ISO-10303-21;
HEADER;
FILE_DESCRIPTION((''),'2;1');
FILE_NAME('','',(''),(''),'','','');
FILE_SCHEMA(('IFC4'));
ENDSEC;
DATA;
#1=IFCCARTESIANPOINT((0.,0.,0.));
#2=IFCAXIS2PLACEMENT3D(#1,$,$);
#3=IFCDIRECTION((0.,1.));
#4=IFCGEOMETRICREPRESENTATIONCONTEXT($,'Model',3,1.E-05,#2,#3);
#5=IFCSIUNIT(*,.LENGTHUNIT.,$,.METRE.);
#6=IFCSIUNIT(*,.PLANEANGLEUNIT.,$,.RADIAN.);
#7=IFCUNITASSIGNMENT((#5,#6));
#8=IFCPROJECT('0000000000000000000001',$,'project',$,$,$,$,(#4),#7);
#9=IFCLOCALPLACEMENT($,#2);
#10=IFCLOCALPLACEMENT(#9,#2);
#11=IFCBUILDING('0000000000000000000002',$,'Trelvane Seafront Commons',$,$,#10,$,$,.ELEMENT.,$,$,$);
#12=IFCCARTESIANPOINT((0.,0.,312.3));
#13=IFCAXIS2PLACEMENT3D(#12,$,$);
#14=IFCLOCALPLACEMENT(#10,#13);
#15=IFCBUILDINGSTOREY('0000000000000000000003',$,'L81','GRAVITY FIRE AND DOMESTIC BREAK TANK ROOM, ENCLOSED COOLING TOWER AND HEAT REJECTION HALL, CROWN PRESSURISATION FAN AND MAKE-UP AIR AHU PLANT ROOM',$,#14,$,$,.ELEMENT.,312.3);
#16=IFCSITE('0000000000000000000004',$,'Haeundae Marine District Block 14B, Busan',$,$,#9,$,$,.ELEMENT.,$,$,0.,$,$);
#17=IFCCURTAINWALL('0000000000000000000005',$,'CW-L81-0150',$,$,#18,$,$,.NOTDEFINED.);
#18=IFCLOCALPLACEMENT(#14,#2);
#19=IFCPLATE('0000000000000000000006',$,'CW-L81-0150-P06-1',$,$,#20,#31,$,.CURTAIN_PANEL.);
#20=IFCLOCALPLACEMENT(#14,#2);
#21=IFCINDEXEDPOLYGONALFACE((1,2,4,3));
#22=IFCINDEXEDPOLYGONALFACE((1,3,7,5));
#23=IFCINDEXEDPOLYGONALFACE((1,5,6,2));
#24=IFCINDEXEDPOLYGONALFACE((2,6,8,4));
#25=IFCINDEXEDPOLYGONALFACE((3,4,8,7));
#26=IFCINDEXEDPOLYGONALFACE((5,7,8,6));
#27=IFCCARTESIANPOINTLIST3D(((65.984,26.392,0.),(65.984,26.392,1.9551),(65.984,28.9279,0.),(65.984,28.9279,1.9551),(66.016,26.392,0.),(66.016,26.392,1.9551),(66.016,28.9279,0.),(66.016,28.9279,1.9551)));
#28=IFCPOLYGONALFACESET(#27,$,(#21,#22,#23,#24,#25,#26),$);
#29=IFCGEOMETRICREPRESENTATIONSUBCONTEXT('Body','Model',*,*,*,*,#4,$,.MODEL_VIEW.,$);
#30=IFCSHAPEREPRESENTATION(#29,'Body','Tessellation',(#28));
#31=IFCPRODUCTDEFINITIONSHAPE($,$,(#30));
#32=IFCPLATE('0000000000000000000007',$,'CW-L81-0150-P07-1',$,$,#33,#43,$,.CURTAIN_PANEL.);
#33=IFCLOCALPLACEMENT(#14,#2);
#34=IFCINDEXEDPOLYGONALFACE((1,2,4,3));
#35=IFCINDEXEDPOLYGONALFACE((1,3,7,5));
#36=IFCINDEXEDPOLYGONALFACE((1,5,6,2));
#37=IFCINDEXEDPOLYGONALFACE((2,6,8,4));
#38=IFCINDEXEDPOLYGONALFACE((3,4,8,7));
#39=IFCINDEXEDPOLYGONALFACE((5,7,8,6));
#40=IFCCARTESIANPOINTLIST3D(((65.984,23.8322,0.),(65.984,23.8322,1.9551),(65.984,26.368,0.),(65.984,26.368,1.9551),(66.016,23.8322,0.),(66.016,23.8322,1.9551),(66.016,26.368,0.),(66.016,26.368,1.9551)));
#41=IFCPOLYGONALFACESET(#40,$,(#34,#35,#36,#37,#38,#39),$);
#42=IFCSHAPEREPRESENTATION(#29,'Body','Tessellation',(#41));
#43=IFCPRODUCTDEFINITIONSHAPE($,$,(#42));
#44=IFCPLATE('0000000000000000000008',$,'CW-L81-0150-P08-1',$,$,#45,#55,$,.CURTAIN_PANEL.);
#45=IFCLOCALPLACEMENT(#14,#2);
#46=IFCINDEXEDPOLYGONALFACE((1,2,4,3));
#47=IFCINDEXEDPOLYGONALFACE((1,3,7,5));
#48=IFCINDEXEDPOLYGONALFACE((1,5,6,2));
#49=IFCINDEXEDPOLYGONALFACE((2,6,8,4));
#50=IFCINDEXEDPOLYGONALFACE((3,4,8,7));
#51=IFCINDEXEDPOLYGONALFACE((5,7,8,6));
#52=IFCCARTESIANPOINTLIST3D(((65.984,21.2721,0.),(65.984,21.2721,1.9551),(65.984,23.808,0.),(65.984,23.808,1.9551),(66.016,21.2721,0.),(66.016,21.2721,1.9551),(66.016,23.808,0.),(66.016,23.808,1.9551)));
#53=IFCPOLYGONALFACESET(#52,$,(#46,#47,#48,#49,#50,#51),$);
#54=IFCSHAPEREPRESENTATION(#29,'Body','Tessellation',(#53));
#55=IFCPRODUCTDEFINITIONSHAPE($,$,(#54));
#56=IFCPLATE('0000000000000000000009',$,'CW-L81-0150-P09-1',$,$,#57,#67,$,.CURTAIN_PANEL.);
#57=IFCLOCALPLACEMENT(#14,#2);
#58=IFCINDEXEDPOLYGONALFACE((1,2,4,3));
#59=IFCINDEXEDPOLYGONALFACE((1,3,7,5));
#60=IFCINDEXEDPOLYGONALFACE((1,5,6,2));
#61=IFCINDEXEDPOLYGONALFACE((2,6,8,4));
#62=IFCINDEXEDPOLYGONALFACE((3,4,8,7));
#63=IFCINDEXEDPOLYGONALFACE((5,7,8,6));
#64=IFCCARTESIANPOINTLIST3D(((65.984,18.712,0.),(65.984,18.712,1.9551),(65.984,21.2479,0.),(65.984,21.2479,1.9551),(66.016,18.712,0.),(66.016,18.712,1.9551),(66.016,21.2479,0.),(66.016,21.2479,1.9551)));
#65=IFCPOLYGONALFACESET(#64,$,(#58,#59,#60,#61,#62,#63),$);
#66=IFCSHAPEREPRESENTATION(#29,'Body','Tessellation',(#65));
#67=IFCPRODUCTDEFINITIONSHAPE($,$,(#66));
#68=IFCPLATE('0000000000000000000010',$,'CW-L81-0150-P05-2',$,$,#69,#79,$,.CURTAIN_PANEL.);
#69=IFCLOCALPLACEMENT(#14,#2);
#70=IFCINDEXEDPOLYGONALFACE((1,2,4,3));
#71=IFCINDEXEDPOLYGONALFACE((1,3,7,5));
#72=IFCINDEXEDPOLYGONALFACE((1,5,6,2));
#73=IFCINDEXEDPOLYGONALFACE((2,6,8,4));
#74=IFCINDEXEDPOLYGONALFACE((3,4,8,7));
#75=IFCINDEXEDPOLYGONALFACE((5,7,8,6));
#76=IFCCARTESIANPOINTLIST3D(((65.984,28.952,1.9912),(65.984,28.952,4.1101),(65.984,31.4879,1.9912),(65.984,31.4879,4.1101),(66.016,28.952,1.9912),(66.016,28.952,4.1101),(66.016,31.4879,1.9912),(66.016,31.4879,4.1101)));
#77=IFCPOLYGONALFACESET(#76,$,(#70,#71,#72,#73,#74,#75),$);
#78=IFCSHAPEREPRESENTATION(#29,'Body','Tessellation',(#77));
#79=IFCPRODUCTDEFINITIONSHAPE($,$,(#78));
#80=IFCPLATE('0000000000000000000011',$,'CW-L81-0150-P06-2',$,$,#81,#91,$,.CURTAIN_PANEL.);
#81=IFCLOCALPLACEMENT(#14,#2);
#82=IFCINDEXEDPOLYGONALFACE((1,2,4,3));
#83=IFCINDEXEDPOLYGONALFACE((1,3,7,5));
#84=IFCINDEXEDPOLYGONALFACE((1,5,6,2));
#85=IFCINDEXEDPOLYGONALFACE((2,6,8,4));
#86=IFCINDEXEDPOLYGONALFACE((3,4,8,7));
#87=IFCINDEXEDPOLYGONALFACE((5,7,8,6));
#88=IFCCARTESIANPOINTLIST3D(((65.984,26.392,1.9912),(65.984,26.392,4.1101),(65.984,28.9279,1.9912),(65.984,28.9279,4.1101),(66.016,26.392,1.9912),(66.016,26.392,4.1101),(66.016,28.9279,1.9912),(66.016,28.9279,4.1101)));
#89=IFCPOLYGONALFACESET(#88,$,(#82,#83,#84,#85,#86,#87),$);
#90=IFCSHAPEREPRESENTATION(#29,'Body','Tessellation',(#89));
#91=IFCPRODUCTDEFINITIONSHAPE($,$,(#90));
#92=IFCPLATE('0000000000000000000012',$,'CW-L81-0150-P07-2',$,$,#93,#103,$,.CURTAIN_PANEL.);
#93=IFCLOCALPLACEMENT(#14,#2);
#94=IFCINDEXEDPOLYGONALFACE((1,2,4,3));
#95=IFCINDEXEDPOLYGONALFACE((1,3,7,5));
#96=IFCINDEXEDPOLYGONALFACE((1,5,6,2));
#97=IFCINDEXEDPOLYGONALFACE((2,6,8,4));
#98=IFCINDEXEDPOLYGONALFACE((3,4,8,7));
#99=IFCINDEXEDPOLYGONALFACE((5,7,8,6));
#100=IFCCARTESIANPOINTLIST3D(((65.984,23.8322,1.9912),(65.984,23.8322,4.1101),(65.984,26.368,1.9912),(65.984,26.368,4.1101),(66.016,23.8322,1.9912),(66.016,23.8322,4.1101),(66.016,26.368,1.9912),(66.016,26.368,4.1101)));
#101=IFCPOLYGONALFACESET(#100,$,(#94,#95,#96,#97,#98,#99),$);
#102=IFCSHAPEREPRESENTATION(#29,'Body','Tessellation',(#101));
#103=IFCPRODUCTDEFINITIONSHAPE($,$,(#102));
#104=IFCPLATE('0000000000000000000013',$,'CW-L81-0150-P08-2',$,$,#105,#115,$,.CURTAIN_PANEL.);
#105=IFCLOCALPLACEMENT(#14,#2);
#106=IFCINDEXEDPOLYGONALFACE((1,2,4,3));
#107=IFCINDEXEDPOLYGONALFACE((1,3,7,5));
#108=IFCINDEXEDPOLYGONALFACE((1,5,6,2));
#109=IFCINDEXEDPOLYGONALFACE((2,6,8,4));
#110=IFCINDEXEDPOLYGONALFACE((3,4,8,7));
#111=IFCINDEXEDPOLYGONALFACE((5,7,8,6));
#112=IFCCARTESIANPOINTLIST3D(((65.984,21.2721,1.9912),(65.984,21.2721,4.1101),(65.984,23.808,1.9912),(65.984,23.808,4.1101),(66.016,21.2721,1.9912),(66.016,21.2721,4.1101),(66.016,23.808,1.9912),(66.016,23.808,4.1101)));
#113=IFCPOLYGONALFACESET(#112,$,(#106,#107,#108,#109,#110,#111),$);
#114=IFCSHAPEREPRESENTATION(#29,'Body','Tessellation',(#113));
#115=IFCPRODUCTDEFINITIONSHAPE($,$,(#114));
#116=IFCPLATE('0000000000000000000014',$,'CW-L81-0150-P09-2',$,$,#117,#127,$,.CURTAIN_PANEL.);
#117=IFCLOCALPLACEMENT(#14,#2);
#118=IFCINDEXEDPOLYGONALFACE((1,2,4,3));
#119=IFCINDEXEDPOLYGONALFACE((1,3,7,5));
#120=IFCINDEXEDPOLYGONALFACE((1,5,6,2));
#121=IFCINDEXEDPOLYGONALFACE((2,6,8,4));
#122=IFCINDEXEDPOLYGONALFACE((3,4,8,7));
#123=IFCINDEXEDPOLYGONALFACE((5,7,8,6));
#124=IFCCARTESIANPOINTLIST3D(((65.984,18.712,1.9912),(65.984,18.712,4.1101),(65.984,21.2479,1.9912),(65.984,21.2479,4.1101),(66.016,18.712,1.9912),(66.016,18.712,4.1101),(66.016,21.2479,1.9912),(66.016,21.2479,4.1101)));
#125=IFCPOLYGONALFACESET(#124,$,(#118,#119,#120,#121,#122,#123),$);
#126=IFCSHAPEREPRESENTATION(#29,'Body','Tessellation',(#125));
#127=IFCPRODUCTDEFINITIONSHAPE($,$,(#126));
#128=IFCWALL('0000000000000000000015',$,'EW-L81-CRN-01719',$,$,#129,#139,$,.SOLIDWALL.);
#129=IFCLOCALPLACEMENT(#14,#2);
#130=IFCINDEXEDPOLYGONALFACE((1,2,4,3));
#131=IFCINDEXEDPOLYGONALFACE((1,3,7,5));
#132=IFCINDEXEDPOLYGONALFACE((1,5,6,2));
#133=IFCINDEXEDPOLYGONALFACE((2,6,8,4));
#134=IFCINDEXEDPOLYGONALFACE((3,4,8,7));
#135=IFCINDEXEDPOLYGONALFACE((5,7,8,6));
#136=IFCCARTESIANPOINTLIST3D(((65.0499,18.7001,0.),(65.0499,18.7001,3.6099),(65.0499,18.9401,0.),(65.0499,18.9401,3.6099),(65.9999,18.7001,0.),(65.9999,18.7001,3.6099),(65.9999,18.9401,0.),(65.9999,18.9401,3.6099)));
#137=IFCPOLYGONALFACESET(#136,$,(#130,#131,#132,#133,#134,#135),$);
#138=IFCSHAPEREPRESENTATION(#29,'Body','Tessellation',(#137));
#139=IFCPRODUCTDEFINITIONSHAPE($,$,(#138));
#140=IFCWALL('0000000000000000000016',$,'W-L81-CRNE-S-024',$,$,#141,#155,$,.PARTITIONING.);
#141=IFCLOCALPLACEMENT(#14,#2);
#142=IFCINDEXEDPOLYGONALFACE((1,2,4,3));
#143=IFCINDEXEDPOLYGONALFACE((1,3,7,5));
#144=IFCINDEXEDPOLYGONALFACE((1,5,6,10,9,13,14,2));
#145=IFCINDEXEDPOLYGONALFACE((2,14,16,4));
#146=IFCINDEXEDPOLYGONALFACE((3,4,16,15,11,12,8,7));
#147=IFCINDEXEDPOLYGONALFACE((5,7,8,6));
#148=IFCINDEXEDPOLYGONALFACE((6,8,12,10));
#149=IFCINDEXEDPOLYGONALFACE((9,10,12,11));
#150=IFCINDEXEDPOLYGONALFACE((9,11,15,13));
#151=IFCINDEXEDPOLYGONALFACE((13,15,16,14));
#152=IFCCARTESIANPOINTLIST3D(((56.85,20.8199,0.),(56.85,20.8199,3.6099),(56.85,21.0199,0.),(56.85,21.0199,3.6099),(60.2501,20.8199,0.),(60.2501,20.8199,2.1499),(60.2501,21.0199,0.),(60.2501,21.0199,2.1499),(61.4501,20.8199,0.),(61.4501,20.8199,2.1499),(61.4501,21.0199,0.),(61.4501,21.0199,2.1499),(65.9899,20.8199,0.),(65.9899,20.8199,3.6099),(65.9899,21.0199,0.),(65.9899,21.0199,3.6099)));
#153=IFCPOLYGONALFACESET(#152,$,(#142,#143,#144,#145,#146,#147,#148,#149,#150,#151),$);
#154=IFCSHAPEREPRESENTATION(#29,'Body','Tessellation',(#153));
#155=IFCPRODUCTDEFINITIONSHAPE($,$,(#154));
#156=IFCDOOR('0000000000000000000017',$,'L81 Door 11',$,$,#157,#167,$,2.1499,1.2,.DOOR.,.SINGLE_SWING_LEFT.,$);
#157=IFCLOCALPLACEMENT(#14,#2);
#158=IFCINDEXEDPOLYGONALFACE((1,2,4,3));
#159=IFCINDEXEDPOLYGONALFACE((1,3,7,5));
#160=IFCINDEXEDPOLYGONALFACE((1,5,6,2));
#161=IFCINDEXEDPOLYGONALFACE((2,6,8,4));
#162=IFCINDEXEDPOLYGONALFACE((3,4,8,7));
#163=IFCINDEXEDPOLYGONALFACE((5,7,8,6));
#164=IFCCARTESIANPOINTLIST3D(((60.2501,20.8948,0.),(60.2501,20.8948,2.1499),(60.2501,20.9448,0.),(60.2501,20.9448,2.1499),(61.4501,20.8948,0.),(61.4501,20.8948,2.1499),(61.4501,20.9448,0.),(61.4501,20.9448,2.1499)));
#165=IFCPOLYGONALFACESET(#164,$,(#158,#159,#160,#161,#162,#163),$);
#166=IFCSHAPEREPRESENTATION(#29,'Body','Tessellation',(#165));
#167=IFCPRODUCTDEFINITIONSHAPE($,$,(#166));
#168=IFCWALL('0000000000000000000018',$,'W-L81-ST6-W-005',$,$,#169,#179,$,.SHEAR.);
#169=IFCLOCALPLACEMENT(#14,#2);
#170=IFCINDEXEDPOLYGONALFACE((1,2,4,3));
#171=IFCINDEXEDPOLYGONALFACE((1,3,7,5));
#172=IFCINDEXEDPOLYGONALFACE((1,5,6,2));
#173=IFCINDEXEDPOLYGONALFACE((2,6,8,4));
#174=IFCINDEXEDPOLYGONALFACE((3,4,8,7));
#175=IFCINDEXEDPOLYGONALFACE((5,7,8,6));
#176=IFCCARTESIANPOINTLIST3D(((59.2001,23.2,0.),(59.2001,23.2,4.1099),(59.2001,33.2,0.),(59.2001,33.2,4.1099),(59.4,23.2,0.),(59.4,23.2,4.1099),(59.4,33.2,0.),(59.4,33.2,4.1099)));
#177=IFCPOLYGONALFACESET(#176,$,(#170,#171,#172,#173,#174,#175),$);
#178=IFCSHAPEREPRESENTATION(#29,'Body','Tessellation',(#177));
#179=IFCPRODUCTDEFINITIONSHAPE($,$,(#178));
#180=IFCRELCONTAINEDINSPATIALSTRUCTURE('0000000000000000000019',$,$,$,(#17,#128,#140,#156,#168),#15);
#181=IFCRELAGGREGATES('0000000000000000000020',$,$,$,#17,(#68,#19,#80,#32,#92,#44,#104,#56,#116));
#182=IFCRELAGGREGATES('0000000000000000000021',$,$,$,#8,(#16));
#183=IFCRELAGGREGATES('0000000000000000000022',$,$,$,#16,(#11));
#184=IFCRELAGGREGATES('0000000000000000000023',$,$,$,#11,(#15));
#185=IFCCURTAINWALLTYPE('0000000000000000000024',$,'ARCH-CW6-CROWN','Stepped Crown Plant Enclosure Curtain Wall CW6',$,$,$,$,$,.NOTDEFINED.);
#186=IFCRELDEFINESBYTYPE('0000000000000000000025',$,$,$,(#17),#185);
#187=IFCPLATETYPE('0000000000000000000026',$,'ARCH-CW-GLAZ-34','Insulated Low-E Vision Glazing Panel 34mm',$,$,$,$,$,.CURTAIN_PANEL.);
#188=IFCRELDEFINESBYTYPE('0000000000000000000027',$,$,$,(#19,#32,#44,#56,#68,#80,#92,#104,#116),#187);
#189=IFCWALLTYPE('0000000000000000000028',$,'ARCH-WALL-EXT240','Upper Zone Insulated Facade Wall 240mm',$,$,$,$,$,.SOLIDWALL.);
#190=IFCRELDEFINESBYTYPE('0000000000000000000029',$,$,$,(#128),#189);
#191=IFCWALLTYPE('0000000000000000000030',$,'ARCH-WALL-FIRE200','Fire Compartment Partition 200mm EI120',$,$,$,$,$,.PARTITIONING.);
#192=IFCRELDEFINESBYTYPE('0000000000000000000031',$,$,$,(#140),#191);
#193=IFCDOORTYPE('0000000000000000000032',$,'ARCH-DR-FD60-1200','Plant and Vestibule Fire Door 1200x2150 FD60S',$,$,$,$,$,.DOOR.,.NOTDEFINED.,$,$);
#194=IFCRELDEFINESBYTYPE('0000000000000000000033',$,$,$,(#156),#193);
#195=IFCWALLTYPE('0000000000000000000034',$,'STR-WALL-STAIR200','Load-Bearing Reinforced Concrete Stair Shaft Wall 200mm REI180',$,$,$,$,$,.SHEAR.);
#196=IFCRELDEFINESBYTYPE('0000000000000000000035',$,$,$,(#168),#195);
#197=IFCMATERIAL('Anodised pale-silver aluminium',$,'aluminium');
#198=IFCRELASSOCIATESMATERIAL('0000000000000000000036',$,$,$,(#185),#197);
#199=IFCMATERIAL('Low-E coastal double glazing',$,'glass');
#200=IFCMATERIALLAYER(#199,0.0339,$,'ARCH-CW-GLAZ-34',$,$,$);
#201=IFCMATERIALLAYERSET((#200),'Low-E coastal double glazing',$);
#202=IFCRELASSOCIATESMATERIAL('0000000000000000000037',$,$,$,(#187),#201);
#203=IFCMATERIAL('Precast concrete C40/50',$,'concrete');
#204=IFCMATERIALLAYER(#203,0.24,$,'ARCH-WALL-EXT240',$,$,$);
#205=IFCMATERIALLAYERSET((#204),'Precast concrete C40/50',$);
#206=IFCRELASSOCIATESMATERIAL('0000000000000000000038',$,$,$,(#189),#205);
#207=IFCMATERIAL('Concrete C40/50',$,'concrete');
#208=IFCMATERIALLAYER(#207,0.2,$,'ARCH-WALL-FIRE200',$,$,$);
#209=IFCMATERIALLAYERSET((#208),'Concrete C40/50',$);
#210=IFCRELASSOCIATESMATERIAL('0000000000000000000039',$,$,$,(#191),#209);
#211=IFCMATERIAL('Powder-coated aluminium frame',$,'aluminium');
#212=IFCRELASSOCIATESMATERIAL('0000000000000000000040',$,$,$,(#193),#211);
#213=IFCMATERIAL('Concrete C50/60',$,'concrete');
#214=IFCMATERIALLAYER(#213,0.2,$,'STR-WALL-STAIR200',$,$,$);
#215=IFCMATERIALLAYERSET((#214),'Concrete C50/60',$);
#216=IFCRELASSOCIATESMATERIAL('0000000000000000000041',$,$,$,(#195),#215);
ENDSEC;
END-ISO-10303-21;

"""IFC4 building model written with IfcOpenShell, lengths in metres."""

from ifc_helpers import new_model, si_unit, direction, frame, frame_2d, origin, origin_2d, place, context, subcontext, project, spatial, rectangle, extrude, source, transform, mapped, material, layer, layer_set, type_object, element, fill, aggregate, save


model = new_model("IFC4")

# Units and contexts
model_context = context("Model", 3, precision=1e-05, world=origin(), true_north=direction((0.0, 1.0)))
body_context = subcontext(model_context, "Body", "Model", "MODEL_VIEW")
ifc_project = project(units=[si_unit("LENGTHUNIT", "METRE"), si_unit("PLANEANGLEUNIT", "RADIAN")], contexts=[model_context])

# Site, building, storey
site_placement = place(None, origin())
site = spatial("IfcSite", under=ifc_project, at=site_placement, Name="Haeundae Marine District Block 14B, Busan", CompositionType="ELEMENT", RefElevation=0.0)
building_placement = place(site_placement, origin())
building = spatial("IfcBuilding", under=site, at=building_placement, Name="Trelvane Seafront Commons", CompositionType="ELEMENT")
storey_placement = place(building_placement, frame((0.0, 0.0, 312.3)))
storey = spatial("IfcBuildingStorey", under=building, at=storey_placement, Name="L81", Description="GRAVITY FIRE AND DOMESTIC BREAK TANK ROOM, ENCLOSED COOLING TOWER AND HEAT REJECTION HALL, CROWN PRESSURISATION FAN AND MAKE-UP AIR AHU PLANT ROOM", CompositionType="ELEMENT", Elevation=312.3)

# Curtain wall, plates
ifc_material_1 = material(Name="Anodised pale-silver aluminium", Category="aluminium")
curtain_wall_type = type_object("IfcCurtainWallType", Name="ARCH-CW6-CROWN", Description="Stepped Crown Plant Enclosure Curtain Wall CW6", PredefinedType="NOTDEFINED", material=ifc_material_1)
curtain_wall_placement = place(storey_placement, origin())
curtain_wall = element("IfcCurtainWall", 1, at=curtain_wall_placement, inside=storey, type_object=curtain_wall_type, Name="CW-L81-0150", PredefinedType="NOTDEFINED")
ifc_material_2 = material(Name="Low-E coastal double glazing", Category="glass")
ifc_layer_1 = layer(ifc_material_2, 0.0339, Name="ARCH-CW-GLAZ-34")
ifc_layer_set_1 = layer_set([ifc_layer_1], Name="Low-E coastal double glazing")
plate_type = type_object("IfcPlateType", Name="ARCH-CW-GLAZ-34", Description="Insulated Low-E Vision Glazing Panel 34mm", PredefinedType="CURTAIN_PANEL", material=ifc_layer_set_1)
shared_shape_1 = source(origin(), body_context, "Body", "SweptSolid", [
    extrude(rectangle(XDim=2.5359, YDim=0.032, at=origin_2d()), origin(), (0.0, 0.0, 1.0), 1.9551),
])
plate_1_placement = place(storey_placement, frame((66.0, 27.6599, 0.0), z_axis=(0.0, 0.0, 1.0), x_axis=(0.0, -1.0, 0.0)))
plate_1 = element("IfcPlate", 2, at=plate_1_placement, type_object=plate_type, Name="CW-L81-0150-P06-1", PredefinedType="CURTAIN_PANEL", context=body_context, shape_type="MappedRepresentation", body=[
    mapped(shared_shape_1, transform((0.0, 0.0, 0.0), x_axis=(1.0, 0.0, 0.0), y_axis=(0.0, 1.0, 0.0), z_axis=(0.0, 0.0, 1.0), scale=1.0)),
])
plate_2_placement = place(storey_placement, frame((66.0, 25.1001, 0.0), z_axis=(0.0, 0.0, 1.0), x_axis=(0.0, -1.0, 0.0)))
plate_2 = element("IfcPlate", 3, at=plate_2_placement, type_object=plate_type, Name="CW-L81-0150-P07-1", PredefinedType="CURTAIN_PANEL", context=body_context, shape_type="MappedRepresentation", body=[
    mapped(shared_shape_1, transform((0.0, 0.0, 0.0), x_axis=(1.0, 0.0, 0.0), y_axis=(0.0, 1.0, 0.0), z_axis=(0.0, 0.0, 1.0), scale=1.0)),
])
plate_3_placement = place(storey_placement, frame((66.0, 22.54, 0.0), z_axis=(0.0, 0.0, 1.0), x_axis=(0.0, -1.0, 0.0)))
plate_3 = element("IfcPlate", 4, at=plate_3_placement, type_object=plate_type, Name="CW-L81-0150-P08-1", PredefinedType="CURTAIN_PANEL", context=body_context, shape_type="MappedRepresentation", body=[
    mapped(shared_shape_1, transform((0.0, 0.0, 0.0), x_axis=(1.0, 0.0, 0.0), y_axis=(0.0, 1.0, 0.0), z_axis=(0.0, 0.0, 1.0), scale=1.0)),
])
plate_4_placement = place(storey_placement, frame((66.0, 19.98, 0.0), z_axis=(0.0, 0.0, 1.0), x_axis=(0.0, -1.0, 0.0)))
plate_4 = element("IfcPlate", 5, at=plate_4_placement, type_object=plate_type, Name="CW-L81-0150-P09-1", PredefinedType="CURTAIN_PANEL", context=body_context, shape_type="MappedRepresentation", body=[
    mapped(shared_shape_1, transform((0.0, 0.0, 0.0), x_axis=(1.0, 0.0, 0.0), y_axis=(0.0, 1.0, 0.0), z_axis=(0.0, 0.0, 1.0), scale=1.0)),
])
shared_shape_2 = source(origin(), body_context, "Body", "SweptSolid", [
    extrude(rectangle(XDim=2.5359, YDim=0.032, at=origin_2d()), origin(), (0.0, 0.0, 1.0), 2.1189),
])
plate_5_placement = place(storey_placement, frame((66.0, 30.22, 1.9912), z_axis=(0.0, 0.0, 1.0), x_axis=(0.0, -1.0, 0.0)))
plate_5 = element("IfcPlate", 6, at=plate_5_placement, type_object=plate_type, Name="CW-L81-0150-P05-2", PredefinedType="CURTAIN_PANEL", context=body_context, shape_type="MappedRepresentation", body=[
    mapped(shared_shape_2, transform((0.0, 0.0, 0.0), x_axis=(1.0, 0.0, 0.0), y_axis=(0.0, 1.0, 0.0), z_axis=(0.0, 0.0, 1.0), scale=1.0)),
])
plate_6_placement = place(storey_placement, frame((66.0, 27.6599, 1.9912), z_axis=(0.0, 0.0, 1.0), x_axis=(0.0, -1.0, 0.0)))
plate_6 = element("IfcPlate", 7, at=plate_6_placement, type_object=plate_type, Name="CW-L81-0150-P06-2", PredefinedType="CURTAIN_PANEL", context=body_context, shape_type="MappedRepresentation", body=[
    mapped(shared_shape_2, transform((0.0, 0.0, 0.0), x_axis=(1.0, 0.0, 0.0), y_axis=(0.0, 1.0, 0.0), z_axis=(0.0, 0.0, 1.0), scale=1.0)),
])
plate_7_placement = place(storey_placement, frame((66.0, 25.1001, 1.9912), z_axis=(0.0, 0.0, 1.0), x_axis=(0.0, -1.0, 0.0)))
plate_7 = element("IfcPlate", 8, at=plate_7_placement, type_object=plate_type, Name="CW-L81-0150-P07-2", PredefinedType="CURTAIN_PANEL", context=body_context, shape_type="MappedRepresentation", body=[
    mapped(shared_shape_2, transform((0.0, 0.0, 0.0), x_axis=(1.0, 0.0, 0.0), y_axis=(0.0, 1.0, 0.0), z_axis=(0.0, 0.0, 1.0), scale=1.0)),
])
plate_8_placement = place(storey_placement, frame((66.0, 22.54, 1.9912), z_axis=(0.0, 0.0, 1.0), x_axis=(0.0, -1.0, 0.0)))
plate_8 = element("IfcPlate", 9, at=plate_8_placement, type_object=plate_type, Name="CW-L81-0150-P08-2", PredefinedType="CURTAIN_PANEL", context=body_context, shape_type="MappedRepresentation", body=[
    mapped(shared_shape_2, transform((0.0, 0.0, 0.0), x_axis=(1.0, 0.0, 0.0), y_axis=(0.0, 1.0, 0.0), z_axis=(0.0, 0.0, 1.0), scale=1.0)),
])
plate_9_placement = place(storey_placement, frame((66.0, 19.98, 1.9912), z_axis=(0.0, 0.0, 1.0), x_axis=(0.0, -1.0, 0.0)))
plate_9 = element("IfcPlate", 10, at=plate_9_placement, type_object=plate_type, Name="CW-L81-0150-P09-2", PredefinedType="CURTAIN_PANEL", context=body_context, shape_type="MappedRepresentation", body=[
    mapped(shared_shape_2, transform((0.0, 0.0, 0.0), x_axis=(1.0, 0.0, 0.0), y_axis=(0.0, 1.0, 0.0), z_axis=(0.0, 0.0, 1.0), scale=1.0)),
])
aggregate(curtain_wall, [plate_5, plate_1, plate_6, plate_2, plate_7, plate_3, plate_8, plate_4, plate_9])

# Wall
ifc_material_3 = material(Name="Precast concrete C40/50", Category="concrete")
ifc_layer_2 = layer(ifc_material_3, 0.24, Name="ARCH-WALL-EXT240")
ifc_layer_set_2 = layer_set([ifc_layer_2], Name="Precast concrete C40/50")
wall_type_1 = type_object("IfcWallType", Name="ARCH-WALL-EXT240", Description="Upper Zone Insulated Facade Wall 240mm", PredefinedType="SOLIDWALL", material=ifc_layer_set_2)
wall_1_placement = place(storey_placement, frame((66.0, 18.8201, 0.0), z_axis=(0.0, 0.0, 1.0), x_axis=(-1.0, 0.0, 0.0)))
element("IfcWall", 11, at=wall_1_placement, inside=storey, type_object=wall_type_1, Name="EW-L81-CRN-01719", PredefinedType="SOLIDWALL", context=body_context, shape_type="SweptSolid", body=[
    extrude(rectangle(XDim=0.95, YDim=0.24, at=frame_2d((0.4751, 0.0))), origin(), (0.0, 0.0, 1.0), 3.6099),
])

# Wall, opening, door
ifc_material_4 = material(Name="Concrete C40/50", Category="concrete")
ifc_layer_3 = layer(ifc_material_4, 0.2, Name="ARCH-WALL-FIRE200")
ifc_layer_set_3 = layer_set([ifc_layer_3], Name="Concrete C40/50")
wall_type_2 = type_object("IfcWallType", Name="ARCH-WALL-FIRE200", Description="Fire Compartment Partition 200mm EI120", PredefinedType="PARTITIONING", material=ifc_layer_set_3)
wall_2_placement = place(storey_placement, frame((56.8501, 20.9199, 0.0), z_axis=(0.0, 0.0, 1.0), x_axis=(1.0, 0.0, 0.0)))
wall_2 = element("IfcWall", 12, at=wall_2_placement, inside=storey, type_object=wall_type_2, Name="W-L81-CRNE-S-024", PredefinedType="PARTITIONING", context=body_context, shape_type="SweptSolid", body=[
    extrude(rectangle(XDim=9.1399, YDim=0.2, at=frame_2d((4.5698, 0.0))), origin(), (0.0, 0.0, 1.0), 3.6099),
])
opening_1_placement = place(wall_2_placement, frame((3.3999, 0.0, 0.0)))
opening_1 = element("IfcOpeningElement", 13, at=opening_1_placement, cuts=wall_2, PredefinedType="OPENING", context=body_context, shape_type="SweptSolid", body=[
    extrude(rectangle(XDim=1.2, YDim=2.1499, at=frame_2d((0.6001, 1.075))), frame((0.0, 0.1099, 0.0), z_axis=(0.0, -1.0, 0.0), x_axis=(1.0, 0.0, 0.0)), (0.0, 0.0, 1.0), 0.22),
])
ifc_material_5 = material(Name="Powder-coated aluminium frame", Category="aluminium")
door_type_1 = type_object("IfcDoorType", Name="ARCH-DR-FD60-1200", Description="Plant and Vestibule Fire Door 1200x2150 FD60S", OperationType="NOTDEFINED", PredefinedType="DOOR", material=ifc_material_5)
shared_shape_3 = source(origin(), body_context, "Body", "SweptSolid", [
    extrude(rectangle(XDim=1.2, YDim=2.1499, at=frame_2d((0.6001, 1.075))), frame((0.0, 0.0249, 0.0), z_axis=(0.0, -1.0, 0.0), x_axis=(1.0, 0.0, 0.0)), (0.0, 0.0, 1.0), 0.05),
])
door_1_placement = place(opening_1_placement, origin())
door_1 = element("IfcDoor", 14, at=door_1_placement, inside=storey, type_object=door_type_1, Name="L81 Door 11", OperationType="SINGLE_SWING_LEFT", OverallHeight=2.1499, OverallWidth=1.2, PredefinedType="DOOR", context=body_context, shape_type="MappedRepresentation", body=[
    mapped(shared_shape_3, transform((0.0, 0.0, 0.0), x_axis=(1.0, 0.0, 0.0), y_axis=(0.0, 1.0, 0.0), z_axis=(0.0, 0.0, 1.0), scale=1.0)),
])
fill(opening_1, door_1)

# Wall
ifc_material_6 = material(Name="Concrete C50/60", Category="concrete")
ifc_layer_4 = layer(ifc_material_6, 0.2, Name="STR-WALL-STAIR200")
ifc_layer_set_4 = layer_set([ifc_layer_4], Name="Concrete C50/60")
wall_type_3 = type_object("IfcWallType", Name="STR-WALL-STAIR200", Description="Load-Bearing Reinforced Concrete Stair Shaft Wall 200mm REI180", PredefinedType="SHEAR", material=ifc_layer_set_4)
for number, where, z_axis, x_axis, name in (
    (15, (59.3, 23.2, 0.0), (0.0, 0.0, 1.0), (0.0, 1.0, 0.0), "W-L81-ST6-W-005"),
):
    element("IfcWall", number, at=place(storey_placement, frame(where, z_axis=z_axis, x_axis=x_axis)), inside=storey, type_object=wall_type_3, Name=name, PredefinedType="SHEAR", context=body_context, shape_type="SweptSolid", body=[
        extrude(rectangle(XDim=10.0, YDim=0.2, at=frame_2d((5.0, 0.0))), origin(), (0.0, 0.0, 1.0), 4.1099),
    ])

save(model, "model.ifc")
